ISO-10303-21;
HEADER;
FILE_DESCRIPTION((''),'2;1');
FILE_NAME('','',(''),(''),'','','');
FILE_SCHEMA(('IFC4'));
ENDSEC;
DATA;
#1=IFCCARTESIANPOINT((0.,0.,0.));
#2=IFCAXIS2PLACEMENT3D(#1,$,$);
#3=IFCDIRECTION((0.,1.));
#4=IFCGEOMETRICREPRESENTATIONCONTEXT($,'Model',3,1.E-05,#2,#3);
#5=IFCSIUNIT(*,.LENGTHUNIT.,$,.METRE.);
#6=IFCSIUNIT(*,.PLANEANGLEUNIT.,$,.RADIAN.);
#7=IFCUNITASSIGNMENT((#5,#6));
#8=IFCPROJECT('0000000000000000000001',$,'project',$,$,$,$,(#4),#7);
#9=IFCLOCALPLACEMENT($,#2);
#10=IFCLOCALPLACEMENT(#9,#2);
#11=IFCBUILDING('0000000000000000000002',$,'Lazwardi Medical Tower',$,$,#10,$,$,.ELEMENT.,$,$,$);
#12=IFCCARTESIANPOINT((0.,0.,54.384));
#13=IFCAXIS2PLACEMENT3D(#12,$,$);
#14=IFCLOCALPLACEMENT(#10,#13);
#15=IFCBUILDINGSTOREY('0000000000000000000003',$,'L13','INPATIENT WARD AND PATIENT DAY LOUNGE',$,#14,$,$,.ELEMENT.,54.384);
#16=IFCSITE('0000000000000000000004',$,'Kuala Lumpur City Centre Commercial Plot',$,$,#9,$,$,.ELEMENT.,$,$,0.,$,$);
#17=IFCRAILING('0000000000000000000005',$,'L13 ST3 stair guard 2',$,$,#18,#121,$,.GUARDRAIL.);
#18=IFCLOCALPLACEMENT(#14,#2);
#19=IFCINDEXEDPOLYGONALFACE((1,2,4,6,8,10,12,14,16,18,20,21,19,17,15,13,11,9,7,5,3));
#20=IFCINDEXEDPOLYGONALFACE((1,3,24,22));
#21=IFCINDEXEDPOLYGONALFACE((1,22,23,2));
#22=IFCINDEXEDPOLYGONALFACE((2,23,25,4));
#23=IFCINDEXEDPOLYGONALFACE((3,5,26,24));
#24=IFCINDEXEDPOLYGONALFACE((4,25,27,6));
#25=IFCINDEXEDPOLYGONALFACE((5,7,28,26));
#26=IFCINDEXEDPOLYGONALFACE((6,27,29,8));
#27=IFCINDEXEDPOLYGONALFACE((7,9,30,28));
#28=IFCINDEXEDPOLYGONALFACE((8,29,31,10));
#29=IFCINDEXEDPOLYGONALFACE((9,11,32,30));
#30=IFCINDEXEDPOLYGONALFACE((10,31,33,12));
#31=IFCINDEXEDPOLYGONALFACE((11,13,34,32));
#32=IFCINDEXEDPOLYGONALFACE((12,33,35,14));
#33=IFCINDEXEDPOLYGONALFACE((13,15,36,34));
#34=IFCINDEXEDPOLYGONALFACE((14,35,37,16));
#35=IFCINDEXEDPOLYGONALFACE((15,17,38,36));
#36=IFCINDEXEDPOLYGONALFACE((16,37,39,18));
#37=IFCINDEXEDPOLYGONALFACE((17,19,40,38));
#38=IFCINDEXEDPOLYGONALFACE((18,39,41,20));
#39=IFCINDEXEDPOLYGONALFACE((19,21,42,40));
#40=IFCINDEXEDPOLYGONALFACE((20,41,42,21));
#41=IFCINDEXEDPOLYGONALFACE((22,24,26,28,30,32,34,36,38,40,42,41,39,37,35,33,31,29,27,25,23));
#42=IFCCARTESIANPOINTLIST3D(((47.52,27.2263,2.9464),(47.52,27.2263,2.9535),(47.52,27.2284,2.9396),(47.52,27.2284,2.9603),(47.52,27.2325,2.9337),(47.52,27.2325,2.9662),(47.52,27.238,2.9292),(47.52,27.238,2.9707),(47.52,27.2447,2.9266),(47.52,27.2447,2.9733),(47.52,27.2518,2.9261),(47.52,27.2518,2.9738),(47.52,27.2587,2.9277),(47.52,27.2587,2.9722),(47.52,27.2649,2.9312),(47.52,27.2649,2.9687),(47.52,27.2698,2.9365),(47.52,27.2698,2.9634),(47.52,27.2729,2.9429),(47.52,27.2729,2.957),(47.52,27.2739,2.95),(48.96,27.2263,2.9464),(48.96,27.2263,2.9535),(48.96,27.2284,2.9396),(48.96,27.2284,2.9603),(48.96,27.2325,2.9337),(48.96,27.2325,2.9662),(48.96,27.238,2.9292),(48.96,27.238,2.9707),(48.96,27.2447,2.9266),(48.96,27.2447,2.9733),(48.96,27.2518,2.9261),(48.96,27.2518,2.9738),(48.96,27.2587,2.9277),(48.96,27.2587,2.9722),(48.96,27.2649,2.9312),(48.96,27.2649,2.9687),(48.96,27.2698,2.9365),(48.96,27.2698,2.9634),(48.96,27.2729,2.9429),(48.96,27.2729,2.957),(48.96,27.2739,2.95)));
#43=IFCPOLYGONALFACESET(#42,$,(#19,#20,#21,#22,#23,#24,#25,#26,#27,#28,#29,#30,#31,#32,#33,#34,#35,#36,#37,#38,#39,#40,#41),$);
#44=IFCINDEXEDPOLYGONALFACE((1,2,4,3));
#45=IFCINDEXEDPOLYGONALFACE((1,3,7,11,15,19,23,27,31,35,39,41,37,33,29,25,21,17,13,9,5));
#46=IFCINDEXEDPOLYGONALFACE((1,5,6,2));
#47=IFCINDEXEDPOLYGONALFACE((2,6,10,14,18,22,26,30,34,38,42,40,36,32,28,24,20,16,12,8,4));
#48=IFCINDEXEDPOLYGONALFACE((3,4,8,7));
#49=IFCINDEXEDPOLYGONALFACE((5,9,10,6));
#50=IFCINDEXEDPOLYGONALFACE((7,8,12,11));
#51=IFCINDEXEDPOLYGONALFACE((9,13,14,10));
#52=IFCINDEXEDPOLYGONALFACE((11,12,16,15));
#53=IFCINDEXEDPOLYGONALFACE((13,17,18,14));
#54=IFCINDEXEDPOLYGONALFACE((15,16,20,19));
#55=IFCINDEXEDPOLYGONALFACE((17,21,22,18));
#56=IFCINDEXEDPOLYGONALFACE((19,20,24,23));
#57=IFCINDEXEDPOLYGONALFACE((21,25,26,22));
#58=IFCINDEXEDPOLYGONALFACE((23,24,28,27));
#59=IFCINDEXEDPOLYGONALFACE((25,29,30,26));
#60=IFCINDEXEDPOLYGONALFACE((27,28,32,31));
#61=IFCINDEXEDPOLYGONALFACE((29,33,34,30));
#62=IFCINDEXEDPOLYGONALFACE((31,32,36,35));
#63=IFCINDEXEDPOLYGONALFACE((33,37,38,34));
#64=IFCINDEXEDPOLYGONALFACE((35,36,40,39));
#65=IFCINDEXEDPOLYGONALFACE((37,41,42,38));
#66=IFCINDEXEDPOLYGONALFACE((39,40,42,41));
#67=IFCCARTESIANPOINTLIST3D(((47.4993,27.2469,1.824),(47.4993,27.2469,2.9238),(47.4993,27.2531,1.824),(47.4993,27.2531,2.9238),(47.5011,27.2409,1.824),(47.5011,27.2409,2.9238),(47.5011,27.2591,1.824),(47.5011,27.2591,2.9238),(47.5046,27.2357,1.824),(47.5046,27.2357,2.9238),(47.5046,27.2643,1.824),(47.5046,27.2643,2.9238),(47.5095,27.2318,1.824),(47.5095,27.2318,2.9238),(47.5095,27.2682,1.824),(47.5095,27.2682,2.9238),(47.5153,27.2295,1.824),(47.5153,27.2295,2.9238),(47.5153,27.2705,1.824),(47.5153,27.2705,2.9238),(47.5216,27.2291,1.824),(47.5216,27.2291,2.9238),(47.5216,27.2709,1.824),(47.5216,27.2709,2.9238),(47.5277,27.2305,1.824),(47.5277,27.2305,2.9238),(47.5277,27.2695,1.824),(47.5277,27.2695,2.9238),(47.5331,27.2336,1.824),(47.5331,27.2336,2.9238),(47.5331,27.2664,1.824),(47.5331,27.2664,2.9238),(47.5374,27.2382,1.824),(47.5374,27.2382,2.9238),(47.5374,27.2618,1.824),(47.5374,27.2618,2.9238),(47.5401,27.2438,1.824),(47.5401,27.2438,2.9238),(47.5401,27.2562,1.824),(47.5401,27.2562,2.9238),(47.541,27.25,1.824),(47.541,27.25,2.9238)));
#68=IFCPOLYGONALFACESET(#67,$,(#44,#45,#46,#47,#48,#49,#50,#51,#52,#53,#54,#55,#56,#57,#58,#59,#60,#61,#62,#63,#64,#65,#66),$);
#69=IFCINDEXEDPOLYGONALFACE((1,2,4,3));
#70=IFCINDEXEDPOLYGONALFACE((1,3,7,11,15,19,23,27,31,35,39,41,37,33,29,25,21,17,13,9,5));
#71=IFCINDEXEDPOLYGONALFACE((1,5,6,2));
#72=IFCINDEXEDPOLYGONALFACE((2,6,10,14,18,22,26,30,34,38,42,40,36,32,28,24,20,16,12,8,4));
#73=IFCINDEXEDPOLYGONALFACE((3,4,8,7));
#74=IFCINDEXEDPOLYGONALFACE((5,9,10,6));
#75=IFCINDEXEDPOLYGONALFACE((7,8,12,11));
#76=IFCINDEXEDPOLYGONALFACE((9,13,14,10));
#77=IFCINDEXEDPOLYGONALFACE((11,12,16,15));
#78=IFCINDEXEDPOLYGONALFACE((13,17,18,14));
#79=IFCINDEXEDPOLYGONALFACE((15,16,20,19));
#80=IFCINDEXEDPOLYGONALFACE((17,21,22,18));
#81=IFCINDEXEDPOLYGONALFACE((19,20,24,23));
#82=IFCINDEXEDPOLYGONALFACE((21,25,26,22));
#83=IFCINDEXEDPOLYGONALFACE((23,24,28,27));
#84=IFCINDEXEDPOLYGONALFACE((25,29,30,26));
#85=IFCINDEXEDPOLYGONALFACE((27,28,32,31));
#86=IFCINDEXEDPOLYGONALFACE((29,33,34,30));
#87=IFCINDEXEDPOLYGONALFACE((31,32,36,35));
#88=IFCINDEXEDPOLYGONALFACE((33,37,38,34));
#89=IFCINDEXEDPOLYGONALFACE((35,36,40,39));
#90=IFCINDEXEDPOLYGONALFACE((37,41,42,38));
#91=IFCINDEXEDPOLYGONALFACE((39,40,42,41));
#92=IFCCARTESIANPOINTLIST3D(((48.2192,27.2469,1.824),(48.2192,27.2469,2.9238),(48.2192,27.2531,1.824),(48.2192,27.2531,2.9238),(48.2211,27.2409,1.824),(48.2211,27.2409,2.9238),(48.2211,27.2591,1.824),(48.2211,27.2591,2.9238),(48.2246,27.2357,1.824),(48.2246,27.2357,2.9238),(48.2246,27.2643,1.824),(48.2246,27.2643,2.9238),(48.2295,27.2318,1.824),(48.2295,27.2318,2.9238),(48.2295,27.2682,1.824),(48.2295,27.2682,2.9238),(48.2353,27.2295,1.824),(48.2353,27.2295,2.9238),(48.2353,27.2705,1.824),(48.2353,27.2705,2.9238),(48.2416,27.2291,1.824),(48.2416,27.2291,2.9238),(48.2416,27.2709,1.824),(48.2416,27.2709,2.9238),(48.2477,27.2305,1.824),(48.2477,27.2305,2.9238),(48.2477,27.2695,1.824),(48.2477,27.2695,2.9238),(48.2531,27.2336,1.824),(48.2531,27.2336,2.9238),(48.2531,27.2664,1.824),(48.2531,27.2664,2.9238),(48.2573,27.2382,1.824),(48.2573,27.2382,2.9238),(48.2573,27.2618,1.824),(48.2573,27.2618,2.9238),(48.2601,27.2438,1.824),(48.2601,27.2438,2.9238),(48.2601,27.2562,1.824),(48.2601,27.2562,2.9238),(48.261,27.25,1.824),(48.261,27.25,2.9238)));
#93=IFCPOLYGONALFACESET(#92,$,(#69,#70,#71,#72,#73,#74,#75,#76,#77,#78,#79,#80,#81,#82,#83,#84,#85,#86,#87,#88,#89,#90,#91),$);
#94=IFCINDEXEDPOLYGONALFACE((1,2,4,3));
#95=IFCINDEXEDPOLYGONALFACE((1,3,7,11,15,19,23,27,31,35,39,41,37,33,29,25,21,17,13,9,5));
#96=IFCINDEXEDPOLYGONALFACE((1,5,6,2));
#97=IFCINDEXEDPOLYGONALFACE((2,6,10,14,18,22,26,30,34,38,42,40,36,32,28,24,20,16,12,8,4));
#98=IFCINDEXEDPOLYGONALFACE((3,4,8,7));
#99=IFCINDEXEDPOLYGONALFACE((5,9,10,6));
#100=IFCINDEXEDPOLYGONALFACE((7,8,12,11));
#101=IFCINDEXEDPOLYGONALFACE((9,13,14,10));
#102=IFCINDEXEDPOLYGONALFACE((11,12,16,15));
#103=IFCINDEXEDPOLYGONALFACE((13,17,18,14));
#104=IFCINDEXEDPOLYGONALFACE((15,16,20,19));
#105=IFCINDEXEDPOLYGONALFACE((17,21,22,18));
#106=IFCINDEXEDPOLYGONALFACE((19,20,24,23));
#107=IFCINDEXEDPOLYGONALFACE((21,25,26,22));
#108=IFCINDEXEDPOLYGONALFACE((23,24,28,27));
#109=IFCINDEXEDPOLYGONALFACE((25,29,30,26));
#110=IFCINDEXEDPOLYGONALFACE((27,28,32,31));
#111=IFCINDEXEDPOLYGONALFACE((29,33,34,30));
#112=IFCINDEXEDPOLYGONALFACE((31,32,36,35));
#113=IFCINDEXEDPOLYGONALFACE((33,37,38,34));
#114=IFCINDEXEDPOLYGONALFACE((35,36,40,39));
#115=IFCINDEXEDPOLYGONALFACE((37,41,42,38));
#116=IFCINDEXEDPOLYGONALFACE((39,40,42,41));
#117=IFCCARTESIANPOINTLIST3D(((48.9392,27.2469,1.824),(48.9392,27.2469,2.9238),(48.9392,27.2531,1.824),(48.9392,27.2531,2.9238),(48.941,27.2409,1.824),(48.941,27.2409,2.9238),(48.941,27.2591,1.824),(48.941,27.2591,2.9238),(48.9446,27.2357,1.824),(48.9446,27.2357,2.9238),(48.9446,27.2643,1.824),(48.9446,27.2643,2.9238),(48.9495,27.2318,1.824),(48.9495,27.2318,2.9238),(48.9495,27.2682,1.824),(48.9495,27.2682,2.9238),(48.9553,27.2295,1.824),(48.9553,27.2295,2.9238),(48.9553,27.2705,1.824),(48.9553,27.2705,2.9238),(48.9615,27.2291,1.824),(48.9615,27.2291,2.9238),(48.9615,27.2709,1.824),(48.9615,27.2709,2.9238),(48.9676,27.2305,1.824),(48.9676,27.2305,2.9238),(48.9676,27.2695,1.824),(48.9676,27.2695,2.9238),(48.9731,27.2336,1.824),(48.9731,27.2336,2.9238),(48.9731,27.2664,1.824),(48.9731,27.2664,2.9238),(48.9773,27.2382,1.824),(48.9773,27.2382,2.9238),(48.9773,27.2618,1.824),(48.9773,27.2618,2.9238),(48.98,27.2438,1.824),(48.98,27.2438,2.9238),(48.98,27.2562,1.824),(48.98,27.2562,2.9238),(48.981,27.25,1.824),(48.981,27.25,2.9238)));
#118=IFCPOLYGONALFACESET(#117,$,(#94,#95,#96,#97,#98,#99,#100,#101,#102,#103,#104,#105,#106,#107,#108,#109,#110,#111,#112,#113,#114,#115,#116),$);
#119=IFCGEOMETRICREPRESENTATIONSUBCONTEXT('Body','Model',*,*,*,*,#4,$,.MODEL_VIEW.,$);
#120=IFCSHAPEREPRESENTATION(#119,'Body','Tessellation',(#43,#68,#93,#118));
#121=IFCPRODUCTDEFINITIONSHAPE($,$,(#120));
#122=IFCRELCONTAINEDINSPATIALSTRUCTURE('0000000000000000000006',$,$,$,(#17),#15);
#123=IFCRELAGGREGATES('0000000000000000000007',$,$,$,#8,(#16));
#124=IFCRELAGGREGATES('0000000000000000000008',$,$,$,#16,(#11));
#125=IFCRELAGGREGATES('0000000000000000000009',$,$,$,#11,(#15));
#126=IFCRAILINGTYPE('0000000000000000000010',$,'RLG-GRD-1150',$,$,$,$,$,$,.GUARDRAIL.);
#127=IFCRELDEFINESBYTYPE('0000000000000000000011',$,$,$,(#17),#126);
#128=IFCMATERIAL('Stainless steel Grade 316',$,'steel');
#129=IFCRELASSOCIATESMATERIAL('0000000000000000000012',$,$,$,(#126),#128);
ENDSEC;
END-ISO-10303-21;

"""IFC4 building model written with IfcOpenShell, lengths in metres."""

from ifc_helpers import new_model, si_unit, direction, frame, origin, origin_2d, place, context, subcontext, project, spatial, circle, extrude, material, type_object, element, save


model = new_model("IFC4")

# Units and contexts
model_context = context("Model", 3, precision=1e-05, world=origin(), true_north=direction((0.0, 1.0)))
body_context = subcontext(model_context, "Body", "Model", "MODEL_VIEW")
ifc_project = project(units=[si_unit("LENGTHUNIT", "METRE"), si_unit("PLANEANGLEUNIT", "RADIAN")], contexts=[model_context])

# Site, building, storey
site_placement = place(None, origin())
site = spatial("IfcSite", under=ifc_project, at=site_placement, Name="Kuala Lumpur City Centre Commercial Plot", CompositionType="ELEMENT", RefElevation=0.0)
building_placement = place(site_placement, origin())
building = spatial("IfcBuilding", under=site, at=building_placement, Name="Lazwardi Medical Tower", CompositionType="ELEMENT")
storey_placement = place(building_placement, frame((0.0, 0.0, 54.384)))
storey = spatial("IfcBuildingStorey", under=building, at=storey_placement, Name="L13", Description="INPATIENT WARD AND PATIENT DAY LOUNGE", CompositionType="ELEMENT", Elevation=54.384)

# Railing
ifc_material_1 = material(Name="Stainless steel Grade 316", Category="steel")
railing_type_1 = type_object("IfcRailingType", Name="RLG-GRD-1150", PredefinedType="GUARDRAIL", material=ifc_material_1)
railing_1_placement = place(storey_placement, frame((47.52, 27.25, 1.824)))
element("IfcRailing", 1, at=railing_1_placement, inside=storey, type_object=railing_type_1, Name="L13 ST3 stair guard 2", PredefinedType="GUARDRAIL", context=body_context, shape_type="SweptSolid", body=[
    extrude(circle(Radius=0.0239, at=origin_2d()), frame((0.0, 0.0, 1.126), z_axis=(1.0, 0.0, 0.0), x_axis=(0.0, 1.0, 0.0)), (0.0, 0.0, 1.0), 1.4399),
    extrude(circle(Radius=0.021, at=origin_2d()), origin(), (0.0, 0.0, 1.0), 1.0999),
    extrude(circle(Radius=0.021, at=origin_2d()), frame((0.72, 0.0, 0.0)), (0.0, 0.0, 1.0), 1.0999),
    extrude(circle(Radius=0.021, at=origin_2d()), frame((1.4399, 0.0, 0.0)), (0.0, 0.0, 1.0), 1.0999),
])

save(model, "model.ifc")
